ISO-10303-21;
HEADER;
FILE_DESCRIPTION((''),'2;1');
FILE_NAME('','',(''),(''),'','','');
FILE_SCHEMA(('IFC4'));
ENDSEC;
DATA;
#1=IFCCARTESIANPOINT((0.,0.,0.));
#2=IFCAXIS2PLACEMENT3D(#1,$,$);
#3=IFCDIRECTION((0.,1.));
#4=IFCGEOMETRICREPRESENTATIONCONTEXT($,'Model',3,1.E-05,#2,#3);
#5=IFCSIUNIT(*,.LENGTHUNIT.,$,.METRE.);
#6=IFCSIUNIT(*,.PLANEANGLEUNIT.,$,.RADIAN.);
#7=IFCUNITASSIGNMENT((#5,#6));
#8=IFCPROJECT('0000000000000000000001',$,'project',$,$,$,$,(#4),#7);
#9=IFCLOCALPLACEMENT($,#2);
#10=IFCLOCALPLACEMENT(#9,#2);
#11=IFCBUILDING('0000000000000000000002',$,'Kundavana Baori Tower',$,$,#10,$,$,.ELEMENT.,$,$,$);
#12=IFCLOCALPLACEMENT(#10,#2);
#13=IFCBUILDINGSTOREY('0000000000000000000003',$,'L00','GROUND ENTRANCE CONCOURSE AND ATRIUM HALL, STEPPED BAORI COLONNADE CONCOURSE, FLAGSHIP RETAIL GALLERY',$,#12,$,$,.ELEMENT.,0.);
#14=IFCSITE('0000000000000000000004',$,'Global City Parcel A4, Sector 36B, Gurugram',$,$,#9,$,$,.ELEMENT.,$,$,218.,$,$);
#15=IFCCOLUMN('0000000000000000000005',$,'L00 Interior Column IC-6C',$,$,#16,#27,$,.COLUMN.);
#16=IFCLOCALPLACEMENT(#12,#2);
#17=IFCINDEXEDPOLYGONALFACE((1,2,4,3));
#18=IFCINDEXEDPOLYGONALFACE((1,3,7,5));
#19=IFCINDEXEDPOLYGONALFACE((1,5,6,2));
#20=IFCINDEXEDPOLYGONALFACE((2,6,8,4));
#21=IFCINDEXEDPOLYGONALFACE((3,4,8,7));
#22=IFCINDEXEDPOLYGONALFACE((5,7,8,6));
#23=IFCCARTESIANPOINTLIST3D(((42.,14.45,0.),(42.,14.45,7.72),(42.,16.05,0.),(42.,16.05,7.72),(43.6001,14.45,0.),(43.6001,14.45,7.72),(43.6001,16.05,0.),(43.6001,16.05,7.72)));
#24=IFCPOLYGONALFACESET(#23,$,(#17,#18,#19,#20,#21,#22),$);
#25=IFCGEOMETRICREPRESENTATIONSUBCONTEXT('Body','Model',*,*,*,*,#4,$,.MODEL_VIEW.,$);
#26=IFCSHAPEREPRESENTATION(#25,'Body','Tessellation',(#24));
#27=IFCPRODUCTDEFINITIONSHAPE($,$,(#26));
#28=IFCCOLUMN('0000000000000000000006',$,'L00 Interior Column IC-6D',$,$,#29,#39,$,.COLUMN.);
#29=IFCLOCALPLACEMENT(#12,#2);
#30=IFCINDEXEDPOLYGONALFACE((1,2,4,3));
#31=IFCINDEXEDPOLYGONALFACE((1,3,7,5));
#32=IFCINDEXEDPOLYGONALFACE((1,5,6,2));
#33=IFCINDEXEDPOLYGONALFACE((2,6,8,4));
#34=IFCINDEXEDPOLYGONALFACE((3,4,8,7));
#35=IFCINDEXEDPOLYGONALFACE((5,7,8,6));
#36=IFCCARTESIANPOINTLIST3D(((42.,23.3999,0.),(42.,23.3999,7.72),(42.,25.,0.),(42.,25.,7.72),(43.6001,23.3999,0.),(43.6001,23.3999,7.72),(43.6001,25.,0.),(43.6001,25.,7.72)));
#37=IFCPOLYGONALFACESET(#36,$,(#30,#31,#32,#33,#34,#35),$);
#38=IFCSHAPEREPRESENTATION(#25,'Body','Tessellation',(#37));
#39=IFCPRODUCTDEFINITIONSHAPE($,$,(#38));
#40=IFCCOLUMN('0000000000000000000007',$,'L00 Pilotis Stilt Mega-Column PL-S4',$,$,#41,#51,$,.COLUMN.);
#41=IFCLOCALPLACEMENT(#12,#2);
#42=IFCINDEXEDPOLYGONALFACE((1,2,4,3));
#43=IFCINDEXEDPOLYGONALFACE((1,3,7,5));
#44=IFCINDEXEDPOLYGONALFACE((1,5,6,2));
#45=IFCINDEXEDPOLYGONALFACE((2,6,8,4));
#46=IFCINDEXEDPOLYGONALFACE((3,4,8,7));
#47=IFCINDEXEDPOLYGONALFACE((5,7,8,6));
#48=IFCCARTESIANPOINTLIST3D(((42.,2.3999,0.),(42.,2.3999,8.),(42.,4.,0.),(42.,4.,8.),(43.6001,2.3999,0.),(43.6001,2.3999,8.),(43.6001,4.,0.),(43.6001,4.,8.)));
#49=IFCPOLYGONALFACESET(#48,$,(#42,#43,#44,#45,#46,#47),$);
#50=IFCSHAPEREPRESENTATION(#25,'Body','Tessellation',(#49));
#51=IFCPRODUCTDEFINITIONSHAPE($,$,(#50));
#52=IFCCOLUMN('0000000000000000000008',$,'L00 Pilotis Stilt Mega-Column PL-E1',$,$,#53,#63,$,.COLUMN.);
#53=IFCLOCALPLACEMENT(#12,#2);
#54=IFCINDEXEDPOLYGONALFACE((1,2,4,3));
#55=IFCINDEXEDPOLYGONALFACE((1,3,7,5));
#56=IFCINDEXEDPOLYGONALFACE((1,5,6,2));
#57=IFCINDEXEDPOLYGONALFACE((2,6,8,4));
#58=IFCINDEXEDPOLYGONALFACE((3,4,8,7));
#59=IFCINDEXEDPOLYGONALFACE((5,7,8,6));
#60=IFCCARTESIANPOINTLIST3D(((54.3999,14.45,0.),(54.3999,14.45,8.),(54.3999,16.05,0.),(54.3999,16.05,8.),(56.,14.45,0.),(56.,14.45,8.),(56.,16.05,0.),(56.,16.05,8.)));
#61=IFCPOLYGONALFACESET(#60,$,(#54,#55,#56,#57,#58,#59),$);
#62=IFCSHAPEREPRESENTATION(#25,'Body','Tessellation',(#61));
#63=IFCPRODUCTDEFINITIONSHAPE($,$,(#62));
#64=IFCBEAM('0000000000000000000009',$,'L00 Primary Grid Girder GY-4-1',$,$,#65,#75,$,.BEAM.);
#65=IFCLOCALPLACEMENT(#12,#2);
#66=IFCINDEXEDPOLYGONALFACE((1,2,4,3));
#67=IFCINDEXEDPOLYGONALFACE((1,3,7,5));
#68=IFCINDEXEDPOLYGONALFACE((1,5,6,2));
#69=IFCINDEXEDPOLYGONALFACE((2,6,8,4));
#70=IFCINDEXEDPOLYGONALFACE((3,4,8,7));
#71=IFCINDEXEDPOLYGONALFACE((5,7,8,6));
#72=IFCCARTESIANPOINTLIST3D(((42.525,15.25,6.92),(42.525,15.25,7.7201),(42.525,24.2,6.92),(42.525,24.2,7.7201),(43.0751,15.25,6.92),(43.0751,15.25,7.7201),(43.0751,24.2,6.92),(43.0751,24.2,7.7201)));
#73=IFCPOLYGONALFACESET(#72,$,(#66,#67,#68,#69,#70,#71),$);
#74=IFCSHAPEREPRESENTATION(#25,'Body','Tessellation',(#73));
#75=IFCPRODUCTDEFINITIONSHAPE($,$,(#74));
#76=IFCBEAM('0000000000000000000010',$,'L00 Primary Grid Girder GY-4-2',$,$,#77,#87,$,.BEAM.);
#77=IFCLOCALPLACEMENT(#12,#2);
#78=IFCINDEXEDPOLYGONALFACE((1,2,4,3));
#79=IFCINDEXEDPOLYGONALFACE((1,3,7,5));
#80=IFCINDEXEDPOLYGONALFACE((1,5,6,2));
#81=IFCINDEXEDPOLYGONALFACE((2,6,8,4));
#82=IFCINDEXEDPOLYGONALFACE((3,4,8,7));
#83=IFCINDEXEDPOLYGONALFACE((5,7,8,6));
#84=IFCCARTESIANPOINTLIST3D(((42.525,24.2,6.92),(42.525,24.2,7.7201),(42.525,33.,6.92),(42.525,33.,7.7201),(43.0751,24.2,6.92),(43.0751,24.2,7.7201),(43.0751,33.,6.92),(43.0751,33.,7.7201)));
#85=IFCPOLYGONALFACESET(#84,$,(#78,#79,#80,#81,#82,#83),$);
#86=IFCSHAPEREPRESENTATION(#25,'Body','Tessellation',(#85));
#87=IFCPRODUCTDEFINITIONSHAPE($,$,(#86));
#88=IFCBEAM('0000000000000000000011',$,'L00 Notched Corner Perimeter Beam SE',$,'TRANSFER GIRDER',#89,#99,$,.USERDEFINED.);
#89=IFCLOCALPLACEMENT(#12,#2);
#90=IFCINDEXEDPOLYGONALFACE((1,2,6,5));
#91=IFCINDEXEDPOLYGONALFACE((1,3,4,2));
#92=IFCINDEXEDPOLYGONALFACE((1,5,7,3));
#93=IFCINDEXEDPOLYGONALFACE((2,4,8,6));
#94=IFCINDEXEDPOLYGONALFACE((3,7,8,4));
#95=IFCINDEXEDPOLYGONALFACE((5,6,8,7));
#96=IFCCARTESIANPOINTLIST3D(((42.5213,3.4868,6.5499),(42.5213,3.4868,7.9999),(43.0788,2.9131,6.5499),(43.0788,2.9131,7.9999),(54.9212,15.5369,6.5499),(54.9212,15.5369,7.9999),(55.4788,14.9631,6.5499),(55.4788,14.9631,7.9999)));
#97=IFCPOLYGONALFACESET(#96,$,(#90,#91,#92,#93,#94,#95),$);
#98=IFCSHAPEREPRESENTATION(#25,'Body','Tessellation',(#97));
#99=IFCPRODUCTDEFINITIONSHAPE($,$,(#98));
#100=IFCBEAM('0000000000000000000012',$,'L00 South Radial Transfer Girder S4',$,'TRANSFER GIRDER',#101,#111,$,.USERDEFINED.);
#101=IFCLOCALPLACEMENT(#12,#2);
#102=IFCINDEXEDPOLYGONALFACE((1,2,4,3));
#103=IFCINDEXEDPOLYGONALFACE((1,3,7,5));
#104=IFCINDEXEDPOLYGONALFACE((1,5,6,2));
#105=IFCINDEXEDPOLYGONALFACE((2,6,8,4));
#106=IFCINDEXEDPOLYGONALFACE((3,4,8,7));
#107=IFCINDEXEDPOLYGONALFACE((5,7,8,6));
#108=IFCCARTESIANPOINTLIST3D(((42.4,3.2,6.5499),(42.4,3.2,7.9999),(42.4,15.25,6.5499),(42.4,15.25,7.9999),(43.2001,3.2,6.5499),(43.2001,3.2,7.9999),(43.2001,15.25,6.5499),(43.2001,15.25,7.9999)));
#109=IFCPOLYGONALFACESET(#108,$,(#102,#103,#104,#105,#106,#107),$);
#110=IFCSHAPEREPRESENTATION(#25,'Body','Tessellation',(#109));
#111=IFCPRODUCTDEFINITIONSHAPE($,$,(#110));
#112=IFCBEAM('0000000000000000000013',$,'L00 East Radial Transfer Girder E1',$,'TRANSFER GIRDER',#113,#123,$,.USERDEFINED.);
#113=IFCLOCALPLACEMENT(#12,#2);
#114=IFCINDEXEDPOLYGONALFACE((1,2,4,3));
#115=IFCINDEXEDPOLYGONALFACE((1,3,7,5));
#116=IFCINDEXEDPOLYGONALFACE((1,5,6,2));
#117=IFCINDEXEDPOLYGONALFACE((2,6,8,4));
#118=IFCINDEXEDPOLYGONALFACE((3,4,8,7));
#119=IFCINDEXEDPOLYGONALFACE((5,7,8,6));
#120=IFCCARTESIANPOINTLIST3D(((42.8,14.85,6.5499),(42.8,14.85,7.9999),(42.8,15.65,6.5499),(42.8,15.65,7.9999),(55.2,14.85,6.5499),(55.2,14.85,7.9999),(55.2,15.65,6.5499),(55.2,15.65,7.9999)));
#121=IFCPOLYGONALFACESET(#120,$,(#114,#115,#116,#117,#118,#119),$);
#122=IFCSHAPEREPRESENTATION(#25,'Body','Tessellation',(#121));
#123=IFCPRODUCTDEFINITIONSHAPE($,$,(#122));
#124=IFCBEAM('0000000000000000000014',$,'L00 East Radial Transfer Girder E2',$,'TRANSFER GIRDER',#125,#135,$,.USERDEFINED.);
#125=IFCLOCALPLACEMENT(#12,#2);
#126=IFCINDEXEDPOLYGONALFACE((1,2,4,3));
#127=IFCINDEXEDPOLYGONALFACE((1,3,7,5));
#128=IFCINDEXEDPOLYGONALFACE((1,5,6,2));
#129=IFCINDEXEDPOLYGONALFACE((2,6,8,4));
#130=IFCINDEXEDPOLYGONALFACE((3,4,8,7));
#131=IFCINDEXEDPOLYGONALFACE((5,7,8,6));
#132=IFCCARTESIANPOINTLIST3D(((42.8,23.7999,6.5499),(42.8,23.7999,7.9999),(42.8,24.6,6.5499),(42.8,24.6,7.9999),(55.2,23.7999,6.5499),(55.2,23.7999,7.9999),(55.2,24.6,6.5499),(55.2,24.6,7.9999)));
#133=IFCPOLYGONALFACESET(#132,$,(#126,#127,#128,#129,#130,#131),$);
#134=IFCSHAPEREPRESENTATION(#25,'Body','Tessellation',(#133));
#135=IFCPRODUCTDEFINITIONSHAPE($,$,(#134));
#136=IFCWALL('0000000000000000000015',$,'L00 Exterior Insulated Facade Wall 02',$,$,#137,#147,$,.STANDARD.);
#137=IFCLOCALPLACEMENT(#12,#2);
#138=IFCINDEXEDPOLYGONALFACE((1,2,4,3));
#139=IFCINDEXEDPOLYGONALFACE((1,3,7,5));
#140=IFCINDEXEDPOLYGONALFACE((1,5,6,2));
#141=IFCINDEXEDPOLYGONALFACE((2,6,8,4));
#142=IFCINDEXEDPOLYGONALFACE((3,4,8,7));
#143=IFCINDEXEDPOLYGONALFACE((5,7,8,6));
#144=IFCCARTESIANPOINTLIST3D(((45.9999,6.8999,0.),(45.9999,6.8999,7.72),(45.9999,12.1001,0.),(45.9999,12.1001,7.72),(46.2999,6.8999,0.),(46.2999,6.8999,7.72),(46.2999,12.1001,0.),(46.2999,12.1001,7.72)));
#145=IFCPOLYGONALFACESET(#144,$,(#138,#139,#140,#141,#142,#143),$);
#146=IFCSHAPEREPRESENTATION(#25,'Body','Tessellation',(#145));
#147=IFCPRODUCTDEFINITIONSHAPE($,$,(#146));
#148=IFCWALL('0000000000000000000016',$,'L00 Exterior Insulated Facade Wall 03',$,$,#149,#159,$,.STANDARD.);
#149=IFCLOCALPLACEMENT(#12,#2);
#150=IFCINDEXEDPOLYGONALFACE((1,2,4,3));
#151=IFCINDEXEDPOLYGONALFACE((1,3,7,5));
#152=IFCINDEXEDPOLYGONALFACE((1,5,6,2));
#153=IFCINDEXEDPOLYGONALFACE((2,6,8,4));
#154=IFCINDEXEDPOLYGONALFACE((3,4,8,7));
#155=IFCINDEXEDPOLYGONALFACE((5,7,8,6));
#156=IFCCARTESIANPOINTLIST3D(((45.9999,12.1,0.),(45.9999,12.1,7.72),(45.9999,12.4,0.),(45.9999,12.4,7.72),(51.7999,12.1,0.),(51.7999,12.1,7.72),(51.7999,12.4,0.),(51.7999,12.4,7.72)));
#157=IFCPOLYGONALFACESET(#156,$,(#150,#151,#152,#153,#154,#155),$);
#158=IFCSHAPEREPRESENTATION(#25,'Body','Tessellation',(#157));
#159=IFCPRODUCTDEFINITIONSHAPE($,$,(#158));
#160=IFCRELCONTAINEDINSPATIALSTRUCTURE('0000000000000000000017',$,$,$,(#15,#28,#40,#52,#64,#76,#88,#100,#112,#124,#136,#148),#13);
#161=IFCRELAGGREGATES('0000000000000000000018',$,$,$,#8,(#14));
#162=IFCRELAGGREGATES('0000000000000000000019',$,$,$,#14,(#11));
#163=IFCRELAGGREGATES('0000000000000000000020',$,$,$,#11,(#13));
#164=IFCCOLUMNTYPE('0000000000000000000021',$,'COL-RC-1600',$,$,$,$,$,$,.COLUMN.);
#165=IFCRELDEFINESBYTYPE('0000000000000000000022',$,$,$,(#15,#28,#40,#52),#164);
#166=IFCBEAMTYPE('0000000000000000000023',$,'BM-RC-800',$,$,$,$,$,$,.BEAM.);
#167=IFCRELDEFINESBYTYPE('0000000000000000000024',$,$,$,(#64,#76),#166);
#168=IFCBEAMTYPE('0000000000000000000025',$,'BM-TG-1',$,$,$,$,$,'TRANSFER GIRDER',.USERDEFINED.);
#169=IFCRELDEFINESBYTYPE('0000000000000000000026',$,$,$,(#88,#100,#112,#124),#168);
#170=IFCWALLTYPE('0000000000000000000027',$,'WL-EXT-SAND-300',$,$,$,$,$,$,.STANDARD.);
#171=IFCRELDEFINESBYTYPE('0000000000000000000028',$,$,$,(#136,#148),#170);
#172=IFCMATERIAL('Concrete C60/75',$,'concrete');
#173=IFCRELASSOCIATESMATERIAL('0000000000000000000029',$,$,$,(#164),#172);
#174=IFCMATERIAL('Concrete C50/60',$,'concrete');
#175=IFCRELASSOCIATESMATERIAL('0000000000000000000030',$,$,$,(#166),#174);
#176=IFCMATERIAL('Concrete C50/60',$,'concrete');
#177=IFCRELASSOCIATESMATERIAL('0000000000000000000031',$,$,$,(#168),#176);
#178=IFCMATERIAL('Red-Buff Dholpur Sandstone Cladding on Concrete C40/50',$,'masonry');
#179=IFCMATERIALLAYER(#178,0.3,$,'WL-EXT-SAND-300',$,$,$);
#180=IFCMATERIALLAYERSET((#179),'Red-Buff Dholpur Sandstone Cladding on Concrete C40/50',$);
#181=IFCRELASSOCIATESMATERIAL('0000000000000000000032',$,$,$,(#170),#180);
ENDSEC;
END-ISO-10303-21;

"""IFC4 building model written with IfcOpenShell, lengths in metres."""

from ifc_helpers import new_model, si_unit, direction, frame, frame_2d, origin, origin_2d, place, context, subcontext, project, spatial, rectangle, extrude, material, layer, layer_set, material_profile, profile_set, type_object, element, save


model = new_model("IFC4")

# Units and contexts
model_context = context("Model", 3, precision=1e-05, world=origin(), true_north=direction((0.0, 1.0)))
body_context = subcontext(model_context, "Body", "Model", "MODEL_VIEW")
ifc_project = project(units=[si_unit("LENGTHUNIT", "METRE"), si_unit("PLANEANGLEUNIT", "RADIAN")], contexts=[model_context])

# Site, building, storey
site_placement = place(None, origin())
site = spatial("IfcSite", under=ifc_project, at=site_placement, Name="Global City Parcel A4, Sector 36B, Gurugram", CompositionType="ELEMENT", RefElevation=218.0)
building_placement = place(site_placement, origin())
building = spatial("IfcBuilding", under=site, at=building_placement, Name="Kundavana Baori Tower", CompositionType="ELEMENT")
storey_placement = place(building_placement, origin())
storey = spatial("IfcBuildingStorey", under=building, at=storey_placement, Name="L00", Description="GROUND ENTRANCE CONCOURSE AND ATRIUM HALL, STEPPED BAORI COLONNADE CONCOURSE, FLAGSHIP RETAIL GALLERY", CompositionType="ELEMENT", Elevation=0.0)

# Columns
ifc_material_1 = material(Name="Concrete C60/75", Category="concrete")
ifc_material_profile_1 = material_profile(ifc_material_1, rectangle(XDim=1.6001, YDim=1.6001, at=origin_2d()), Name="RC 1600x1600")
ifc_profile_set_1 = profile_set([ifc_material_profile_1], Name="Concrete C60/75")
column_type = type_object("IfcColumnType", Name="COL-RC-1600", PredefinedType="COLUMN", material=ifc_profile_set_1)
for number, where, z_axis, x_axis, name in (
    (1, (42.8, 15.25, 0.0), (0.0, 0.0, 1.0), (1.0, 0.0, 0.0), "L00 Interior Column IC-6C"),
    (2, (42.8, 24.2, 0.0), (0.0, 0.0, 1.0), (1.0, 0.0, 0.0), "L00 Interior Column IC-6D"),
):
    element("IfcColumn", number, at=place(storey_placement, frame(where, z_axis=z_axis, x_axis=x_axis)), inside=storey, type_object=column_type, Name=name, PredefinedType="COLUMN", context=body_context, shape_type="SweptSolid", body=[
        extrude(rectangle(XDim=1.6001, YDim=1.6001, at=origin_2d()), origin(), (0.0, 0.0, 1.0), 7.72),
    ])
for number, where, z_axis, x_axis, name in (
    (3, (42.8, 3.2, 0.0), (0.0, 0.0, 1.0), (1.0, 0.0, 0.0), "L00 Pilotis Stilt Mega-Column PL-S4"),
    (4, (55.2, 15.25, 0.0), (0.0, 0.0, 1.0), (1.0, 0.0, 0.0), "L00 Pilotis Stilt Mega-Column PL-E1"),
):
    element("IfcColumn", number, at=place(storey_placement, frame(where, z_axis=z_axis, x_axis=x_axis)), inside=storey, type_object=column_type, Name=name, PredefinedType="COLUMN", context=body_context, shape_type="SweptSolid", body=[
        extrude(rectangle(XDim=1.6001, YDim=1.6001, at=origin_2d()), origin(), (0.0, 0.0, 1.0), 8.0),
    ])

# Beams
ifc_material_2 = material(Name="Concrete C50/60", Category="concrete")
ifc_material_profile_2 = material_profile(ifc_material_2, rectangle(XDim=0.55, YDim=0.8, at=origin_2d()), Name="RC BM 550x800")
ifc_profile_set_2 = profile_set([ifc_material_profile_2], Name="Concrete C50/60")
beam_type_1 = type_object("IfcBeamType", Name="BM-RC-800", PredefinedType="BEAM", material=ifc_profile_set_2)
beam_1_placement = place(storey_placement, frame((42.8, 15.25, 7.3201), z_axis=(0.0, 1.0, 0.0), x_axis=(-1.0, 0.0, 0.0)))
element("IfcBeam", 5, at=beam_1_placement, inside=storey, type_object=beam_type_1, Name="L00 Primary Grid Girder GY-4-1", PredefinedType="BEAM", context=body_context, shape_type="SweptSolid", body=[
    extrude(rectangle(XDim=0.55, YDim=0.8, at=origin_2d()), origin(), (0.0, 0.0, 1.0), 8.95),
])
beam_2_placement = place(storey_placement, frame((42.8, 24.2, 7.3201), z_axis=(0.0, 1.0, 0.0), x_axis=(-1.0, 0.0, 0.0)))
element("IfcBeam", 6, at=beam_2_placement, inside=storey, type_object=beam_type_1, Name="L00 Primary Grid Girder GY-4-2", PredefinedType="BEAM", context=body_context, shape_type="SweptSolid", body=[
    extrude(rectangle(XDim=0.55, YDim=0.8, at=origin_2d()), origin(), (0.0, 0.0, 1.0), 8.8),
])
ifc_material_3 = material(Name="Concrete C50/60", Category="concrete")
ifc_material_profile_3 = material_profile(ifc_material_3, rectangle(XDim=0.8, YDim=1.45, at=origin_2d()), Name="BM-TG-1")
ifc_profile_set_3 = profile_set([ifc_material_profile_3], Name="Concrete C50/60")
beam_type_2 = type_object("IfcBeamType", Name="BM-TG-1", ElementType="TRANSFER GIRDER", PredefinedType="USERDEFINED", material=ifc_profile_set_3)
beam_3_placement = place(storey_placement, frame((42.8, 3.2, 7.2749), z_axis=(0.717151, 0.696917, 0.0), x_axis=(-0.696917, 0.717151, 0.0)))
element("IfcBeam", 7, at=beam_3_placement, inside=storey, type_object=beam_type_2, Name="L00 Notched Corner Perimeter Beam SE", ObjectType="TRANSFER GIRDER", PredefinedType="USERDEFINED", context=body_context, shape_type="SweptSolid", body=[
    extrude(rectangle(XDim=0.8, YDim=1.45, at=origin_2d()), origin(), (0.0, 0.0, 1.0), 17.2905),
])
beam_4_placement = place(storey_placement, frame((42.8, 15.25, 7.2749), z_axis=(0.0, -1.0, 0.0), x_axis=(1.0, 0.0, 0.0)))
element("IfcBeam", 8, at=beam_4_placement, inside=storey, type_object=beam_type_2, Name="L00 South Radial Transfer Girder S4", ObjectType="TRANSFER GIRDER", PredefinedType="USERDEFINED", context=body_context, shape_type="SweptSolid", body=[
    extrude(rectangle(XDim=0.8, YDim=1.45, at=origin_2d()), origin(), (0.0, 0.0, 1.0), 12.05),
])
for number, where, z_axis, x_axis, name in (
    (9, (42.8, 15.25, 7.2749), (1.0, 0.0, 0.0), (0.0, 1.0, 0.0), "L00 East Radial Transfer Girder E1"),
    (10, (42.8, 24.2, 7.2749), (1.0, 0.0, 0.0), (0.0, 1.0, 0.0), "L00 East Radial Transfer Girder E2"),
):
    element("IfcBeam", number, at=place(storey_placement, frame(where, z_axis=z_axis, x_axis=x_axis)), inside=storey, type_object=beam_type_2, Name=name, ObjectType="TRANSFER GIRDER", PredefinedType="USERDEFINED", context=body_context, shape_type="SweptSolid", body=[
        extrude(rectangle(XDim=0.8, YDim=1.45, at=origin_2d()), origin(), (0.0, 0.0, 1.0), 12.3999),
    ])

# Walls
ifc_material_4 = material(Name="Red-Buff Dholpur Sandstone Cladding on Concrete C40/50", Category="masonry")
ifc_layer_1 = layer(ifc_material_4, 0.3, Name="WL-EXT-SAND-300")
ifc_layer_set_1 = layer_set([ifc_layer_1], Name="Red-Buff Dholpur Sandstone Cladding on Concrete C40/50")
wall_type_1 = type_object("IfcWallType", Name="WL-EXT-SAND-300", PredefinedType="STANDARD", material=ifc_layer_set_1)
wall_1_placement = place(storey_placement, frame((46.1499, 6.8999, 0.0), z_axis=(0.0, 0.0, 1.0), x_axis=(0.0, 1.0, 0.0)))
element("IfcWall", 11, at=wall_1_placement, inside=storey, type_object=wall_type_1, Name="L00 Exterior Insulated Facade Wall 02", PredefinedType="STANDARD", context=body_context, shape_type="SweptSolid", body=[
    extrude(rectangle(XDim=5.2002, YDim=0.3, at=frame_2d((2.6001, 0.0))), origin(), (0.0, 0.0, 1.0), 7.72),
])
wall_2_placement = place(storey_placement, frame((46.0, 12.25, 0.0), z_axis=(0.0, 0.0, 1.0), x_axis=(1.0, 0.0, 0.0)))
element("IfcWall", 12, at=wall_2_placement, inside=storey, type_object=wall_type_1, Name="L00 Exterior Insulated Facade Wall 03", PredefinedType="STANDARD", context=body_context, shape_type="SweptSolid", body=[
    extrude(rectangle(XDim=5.8, YDim=0.3, at=frame_2d((2.8999, 0.0))), origin(), (0.0, 0.0, 1.0), 7.72),
])

save(model, "model.ifc")
